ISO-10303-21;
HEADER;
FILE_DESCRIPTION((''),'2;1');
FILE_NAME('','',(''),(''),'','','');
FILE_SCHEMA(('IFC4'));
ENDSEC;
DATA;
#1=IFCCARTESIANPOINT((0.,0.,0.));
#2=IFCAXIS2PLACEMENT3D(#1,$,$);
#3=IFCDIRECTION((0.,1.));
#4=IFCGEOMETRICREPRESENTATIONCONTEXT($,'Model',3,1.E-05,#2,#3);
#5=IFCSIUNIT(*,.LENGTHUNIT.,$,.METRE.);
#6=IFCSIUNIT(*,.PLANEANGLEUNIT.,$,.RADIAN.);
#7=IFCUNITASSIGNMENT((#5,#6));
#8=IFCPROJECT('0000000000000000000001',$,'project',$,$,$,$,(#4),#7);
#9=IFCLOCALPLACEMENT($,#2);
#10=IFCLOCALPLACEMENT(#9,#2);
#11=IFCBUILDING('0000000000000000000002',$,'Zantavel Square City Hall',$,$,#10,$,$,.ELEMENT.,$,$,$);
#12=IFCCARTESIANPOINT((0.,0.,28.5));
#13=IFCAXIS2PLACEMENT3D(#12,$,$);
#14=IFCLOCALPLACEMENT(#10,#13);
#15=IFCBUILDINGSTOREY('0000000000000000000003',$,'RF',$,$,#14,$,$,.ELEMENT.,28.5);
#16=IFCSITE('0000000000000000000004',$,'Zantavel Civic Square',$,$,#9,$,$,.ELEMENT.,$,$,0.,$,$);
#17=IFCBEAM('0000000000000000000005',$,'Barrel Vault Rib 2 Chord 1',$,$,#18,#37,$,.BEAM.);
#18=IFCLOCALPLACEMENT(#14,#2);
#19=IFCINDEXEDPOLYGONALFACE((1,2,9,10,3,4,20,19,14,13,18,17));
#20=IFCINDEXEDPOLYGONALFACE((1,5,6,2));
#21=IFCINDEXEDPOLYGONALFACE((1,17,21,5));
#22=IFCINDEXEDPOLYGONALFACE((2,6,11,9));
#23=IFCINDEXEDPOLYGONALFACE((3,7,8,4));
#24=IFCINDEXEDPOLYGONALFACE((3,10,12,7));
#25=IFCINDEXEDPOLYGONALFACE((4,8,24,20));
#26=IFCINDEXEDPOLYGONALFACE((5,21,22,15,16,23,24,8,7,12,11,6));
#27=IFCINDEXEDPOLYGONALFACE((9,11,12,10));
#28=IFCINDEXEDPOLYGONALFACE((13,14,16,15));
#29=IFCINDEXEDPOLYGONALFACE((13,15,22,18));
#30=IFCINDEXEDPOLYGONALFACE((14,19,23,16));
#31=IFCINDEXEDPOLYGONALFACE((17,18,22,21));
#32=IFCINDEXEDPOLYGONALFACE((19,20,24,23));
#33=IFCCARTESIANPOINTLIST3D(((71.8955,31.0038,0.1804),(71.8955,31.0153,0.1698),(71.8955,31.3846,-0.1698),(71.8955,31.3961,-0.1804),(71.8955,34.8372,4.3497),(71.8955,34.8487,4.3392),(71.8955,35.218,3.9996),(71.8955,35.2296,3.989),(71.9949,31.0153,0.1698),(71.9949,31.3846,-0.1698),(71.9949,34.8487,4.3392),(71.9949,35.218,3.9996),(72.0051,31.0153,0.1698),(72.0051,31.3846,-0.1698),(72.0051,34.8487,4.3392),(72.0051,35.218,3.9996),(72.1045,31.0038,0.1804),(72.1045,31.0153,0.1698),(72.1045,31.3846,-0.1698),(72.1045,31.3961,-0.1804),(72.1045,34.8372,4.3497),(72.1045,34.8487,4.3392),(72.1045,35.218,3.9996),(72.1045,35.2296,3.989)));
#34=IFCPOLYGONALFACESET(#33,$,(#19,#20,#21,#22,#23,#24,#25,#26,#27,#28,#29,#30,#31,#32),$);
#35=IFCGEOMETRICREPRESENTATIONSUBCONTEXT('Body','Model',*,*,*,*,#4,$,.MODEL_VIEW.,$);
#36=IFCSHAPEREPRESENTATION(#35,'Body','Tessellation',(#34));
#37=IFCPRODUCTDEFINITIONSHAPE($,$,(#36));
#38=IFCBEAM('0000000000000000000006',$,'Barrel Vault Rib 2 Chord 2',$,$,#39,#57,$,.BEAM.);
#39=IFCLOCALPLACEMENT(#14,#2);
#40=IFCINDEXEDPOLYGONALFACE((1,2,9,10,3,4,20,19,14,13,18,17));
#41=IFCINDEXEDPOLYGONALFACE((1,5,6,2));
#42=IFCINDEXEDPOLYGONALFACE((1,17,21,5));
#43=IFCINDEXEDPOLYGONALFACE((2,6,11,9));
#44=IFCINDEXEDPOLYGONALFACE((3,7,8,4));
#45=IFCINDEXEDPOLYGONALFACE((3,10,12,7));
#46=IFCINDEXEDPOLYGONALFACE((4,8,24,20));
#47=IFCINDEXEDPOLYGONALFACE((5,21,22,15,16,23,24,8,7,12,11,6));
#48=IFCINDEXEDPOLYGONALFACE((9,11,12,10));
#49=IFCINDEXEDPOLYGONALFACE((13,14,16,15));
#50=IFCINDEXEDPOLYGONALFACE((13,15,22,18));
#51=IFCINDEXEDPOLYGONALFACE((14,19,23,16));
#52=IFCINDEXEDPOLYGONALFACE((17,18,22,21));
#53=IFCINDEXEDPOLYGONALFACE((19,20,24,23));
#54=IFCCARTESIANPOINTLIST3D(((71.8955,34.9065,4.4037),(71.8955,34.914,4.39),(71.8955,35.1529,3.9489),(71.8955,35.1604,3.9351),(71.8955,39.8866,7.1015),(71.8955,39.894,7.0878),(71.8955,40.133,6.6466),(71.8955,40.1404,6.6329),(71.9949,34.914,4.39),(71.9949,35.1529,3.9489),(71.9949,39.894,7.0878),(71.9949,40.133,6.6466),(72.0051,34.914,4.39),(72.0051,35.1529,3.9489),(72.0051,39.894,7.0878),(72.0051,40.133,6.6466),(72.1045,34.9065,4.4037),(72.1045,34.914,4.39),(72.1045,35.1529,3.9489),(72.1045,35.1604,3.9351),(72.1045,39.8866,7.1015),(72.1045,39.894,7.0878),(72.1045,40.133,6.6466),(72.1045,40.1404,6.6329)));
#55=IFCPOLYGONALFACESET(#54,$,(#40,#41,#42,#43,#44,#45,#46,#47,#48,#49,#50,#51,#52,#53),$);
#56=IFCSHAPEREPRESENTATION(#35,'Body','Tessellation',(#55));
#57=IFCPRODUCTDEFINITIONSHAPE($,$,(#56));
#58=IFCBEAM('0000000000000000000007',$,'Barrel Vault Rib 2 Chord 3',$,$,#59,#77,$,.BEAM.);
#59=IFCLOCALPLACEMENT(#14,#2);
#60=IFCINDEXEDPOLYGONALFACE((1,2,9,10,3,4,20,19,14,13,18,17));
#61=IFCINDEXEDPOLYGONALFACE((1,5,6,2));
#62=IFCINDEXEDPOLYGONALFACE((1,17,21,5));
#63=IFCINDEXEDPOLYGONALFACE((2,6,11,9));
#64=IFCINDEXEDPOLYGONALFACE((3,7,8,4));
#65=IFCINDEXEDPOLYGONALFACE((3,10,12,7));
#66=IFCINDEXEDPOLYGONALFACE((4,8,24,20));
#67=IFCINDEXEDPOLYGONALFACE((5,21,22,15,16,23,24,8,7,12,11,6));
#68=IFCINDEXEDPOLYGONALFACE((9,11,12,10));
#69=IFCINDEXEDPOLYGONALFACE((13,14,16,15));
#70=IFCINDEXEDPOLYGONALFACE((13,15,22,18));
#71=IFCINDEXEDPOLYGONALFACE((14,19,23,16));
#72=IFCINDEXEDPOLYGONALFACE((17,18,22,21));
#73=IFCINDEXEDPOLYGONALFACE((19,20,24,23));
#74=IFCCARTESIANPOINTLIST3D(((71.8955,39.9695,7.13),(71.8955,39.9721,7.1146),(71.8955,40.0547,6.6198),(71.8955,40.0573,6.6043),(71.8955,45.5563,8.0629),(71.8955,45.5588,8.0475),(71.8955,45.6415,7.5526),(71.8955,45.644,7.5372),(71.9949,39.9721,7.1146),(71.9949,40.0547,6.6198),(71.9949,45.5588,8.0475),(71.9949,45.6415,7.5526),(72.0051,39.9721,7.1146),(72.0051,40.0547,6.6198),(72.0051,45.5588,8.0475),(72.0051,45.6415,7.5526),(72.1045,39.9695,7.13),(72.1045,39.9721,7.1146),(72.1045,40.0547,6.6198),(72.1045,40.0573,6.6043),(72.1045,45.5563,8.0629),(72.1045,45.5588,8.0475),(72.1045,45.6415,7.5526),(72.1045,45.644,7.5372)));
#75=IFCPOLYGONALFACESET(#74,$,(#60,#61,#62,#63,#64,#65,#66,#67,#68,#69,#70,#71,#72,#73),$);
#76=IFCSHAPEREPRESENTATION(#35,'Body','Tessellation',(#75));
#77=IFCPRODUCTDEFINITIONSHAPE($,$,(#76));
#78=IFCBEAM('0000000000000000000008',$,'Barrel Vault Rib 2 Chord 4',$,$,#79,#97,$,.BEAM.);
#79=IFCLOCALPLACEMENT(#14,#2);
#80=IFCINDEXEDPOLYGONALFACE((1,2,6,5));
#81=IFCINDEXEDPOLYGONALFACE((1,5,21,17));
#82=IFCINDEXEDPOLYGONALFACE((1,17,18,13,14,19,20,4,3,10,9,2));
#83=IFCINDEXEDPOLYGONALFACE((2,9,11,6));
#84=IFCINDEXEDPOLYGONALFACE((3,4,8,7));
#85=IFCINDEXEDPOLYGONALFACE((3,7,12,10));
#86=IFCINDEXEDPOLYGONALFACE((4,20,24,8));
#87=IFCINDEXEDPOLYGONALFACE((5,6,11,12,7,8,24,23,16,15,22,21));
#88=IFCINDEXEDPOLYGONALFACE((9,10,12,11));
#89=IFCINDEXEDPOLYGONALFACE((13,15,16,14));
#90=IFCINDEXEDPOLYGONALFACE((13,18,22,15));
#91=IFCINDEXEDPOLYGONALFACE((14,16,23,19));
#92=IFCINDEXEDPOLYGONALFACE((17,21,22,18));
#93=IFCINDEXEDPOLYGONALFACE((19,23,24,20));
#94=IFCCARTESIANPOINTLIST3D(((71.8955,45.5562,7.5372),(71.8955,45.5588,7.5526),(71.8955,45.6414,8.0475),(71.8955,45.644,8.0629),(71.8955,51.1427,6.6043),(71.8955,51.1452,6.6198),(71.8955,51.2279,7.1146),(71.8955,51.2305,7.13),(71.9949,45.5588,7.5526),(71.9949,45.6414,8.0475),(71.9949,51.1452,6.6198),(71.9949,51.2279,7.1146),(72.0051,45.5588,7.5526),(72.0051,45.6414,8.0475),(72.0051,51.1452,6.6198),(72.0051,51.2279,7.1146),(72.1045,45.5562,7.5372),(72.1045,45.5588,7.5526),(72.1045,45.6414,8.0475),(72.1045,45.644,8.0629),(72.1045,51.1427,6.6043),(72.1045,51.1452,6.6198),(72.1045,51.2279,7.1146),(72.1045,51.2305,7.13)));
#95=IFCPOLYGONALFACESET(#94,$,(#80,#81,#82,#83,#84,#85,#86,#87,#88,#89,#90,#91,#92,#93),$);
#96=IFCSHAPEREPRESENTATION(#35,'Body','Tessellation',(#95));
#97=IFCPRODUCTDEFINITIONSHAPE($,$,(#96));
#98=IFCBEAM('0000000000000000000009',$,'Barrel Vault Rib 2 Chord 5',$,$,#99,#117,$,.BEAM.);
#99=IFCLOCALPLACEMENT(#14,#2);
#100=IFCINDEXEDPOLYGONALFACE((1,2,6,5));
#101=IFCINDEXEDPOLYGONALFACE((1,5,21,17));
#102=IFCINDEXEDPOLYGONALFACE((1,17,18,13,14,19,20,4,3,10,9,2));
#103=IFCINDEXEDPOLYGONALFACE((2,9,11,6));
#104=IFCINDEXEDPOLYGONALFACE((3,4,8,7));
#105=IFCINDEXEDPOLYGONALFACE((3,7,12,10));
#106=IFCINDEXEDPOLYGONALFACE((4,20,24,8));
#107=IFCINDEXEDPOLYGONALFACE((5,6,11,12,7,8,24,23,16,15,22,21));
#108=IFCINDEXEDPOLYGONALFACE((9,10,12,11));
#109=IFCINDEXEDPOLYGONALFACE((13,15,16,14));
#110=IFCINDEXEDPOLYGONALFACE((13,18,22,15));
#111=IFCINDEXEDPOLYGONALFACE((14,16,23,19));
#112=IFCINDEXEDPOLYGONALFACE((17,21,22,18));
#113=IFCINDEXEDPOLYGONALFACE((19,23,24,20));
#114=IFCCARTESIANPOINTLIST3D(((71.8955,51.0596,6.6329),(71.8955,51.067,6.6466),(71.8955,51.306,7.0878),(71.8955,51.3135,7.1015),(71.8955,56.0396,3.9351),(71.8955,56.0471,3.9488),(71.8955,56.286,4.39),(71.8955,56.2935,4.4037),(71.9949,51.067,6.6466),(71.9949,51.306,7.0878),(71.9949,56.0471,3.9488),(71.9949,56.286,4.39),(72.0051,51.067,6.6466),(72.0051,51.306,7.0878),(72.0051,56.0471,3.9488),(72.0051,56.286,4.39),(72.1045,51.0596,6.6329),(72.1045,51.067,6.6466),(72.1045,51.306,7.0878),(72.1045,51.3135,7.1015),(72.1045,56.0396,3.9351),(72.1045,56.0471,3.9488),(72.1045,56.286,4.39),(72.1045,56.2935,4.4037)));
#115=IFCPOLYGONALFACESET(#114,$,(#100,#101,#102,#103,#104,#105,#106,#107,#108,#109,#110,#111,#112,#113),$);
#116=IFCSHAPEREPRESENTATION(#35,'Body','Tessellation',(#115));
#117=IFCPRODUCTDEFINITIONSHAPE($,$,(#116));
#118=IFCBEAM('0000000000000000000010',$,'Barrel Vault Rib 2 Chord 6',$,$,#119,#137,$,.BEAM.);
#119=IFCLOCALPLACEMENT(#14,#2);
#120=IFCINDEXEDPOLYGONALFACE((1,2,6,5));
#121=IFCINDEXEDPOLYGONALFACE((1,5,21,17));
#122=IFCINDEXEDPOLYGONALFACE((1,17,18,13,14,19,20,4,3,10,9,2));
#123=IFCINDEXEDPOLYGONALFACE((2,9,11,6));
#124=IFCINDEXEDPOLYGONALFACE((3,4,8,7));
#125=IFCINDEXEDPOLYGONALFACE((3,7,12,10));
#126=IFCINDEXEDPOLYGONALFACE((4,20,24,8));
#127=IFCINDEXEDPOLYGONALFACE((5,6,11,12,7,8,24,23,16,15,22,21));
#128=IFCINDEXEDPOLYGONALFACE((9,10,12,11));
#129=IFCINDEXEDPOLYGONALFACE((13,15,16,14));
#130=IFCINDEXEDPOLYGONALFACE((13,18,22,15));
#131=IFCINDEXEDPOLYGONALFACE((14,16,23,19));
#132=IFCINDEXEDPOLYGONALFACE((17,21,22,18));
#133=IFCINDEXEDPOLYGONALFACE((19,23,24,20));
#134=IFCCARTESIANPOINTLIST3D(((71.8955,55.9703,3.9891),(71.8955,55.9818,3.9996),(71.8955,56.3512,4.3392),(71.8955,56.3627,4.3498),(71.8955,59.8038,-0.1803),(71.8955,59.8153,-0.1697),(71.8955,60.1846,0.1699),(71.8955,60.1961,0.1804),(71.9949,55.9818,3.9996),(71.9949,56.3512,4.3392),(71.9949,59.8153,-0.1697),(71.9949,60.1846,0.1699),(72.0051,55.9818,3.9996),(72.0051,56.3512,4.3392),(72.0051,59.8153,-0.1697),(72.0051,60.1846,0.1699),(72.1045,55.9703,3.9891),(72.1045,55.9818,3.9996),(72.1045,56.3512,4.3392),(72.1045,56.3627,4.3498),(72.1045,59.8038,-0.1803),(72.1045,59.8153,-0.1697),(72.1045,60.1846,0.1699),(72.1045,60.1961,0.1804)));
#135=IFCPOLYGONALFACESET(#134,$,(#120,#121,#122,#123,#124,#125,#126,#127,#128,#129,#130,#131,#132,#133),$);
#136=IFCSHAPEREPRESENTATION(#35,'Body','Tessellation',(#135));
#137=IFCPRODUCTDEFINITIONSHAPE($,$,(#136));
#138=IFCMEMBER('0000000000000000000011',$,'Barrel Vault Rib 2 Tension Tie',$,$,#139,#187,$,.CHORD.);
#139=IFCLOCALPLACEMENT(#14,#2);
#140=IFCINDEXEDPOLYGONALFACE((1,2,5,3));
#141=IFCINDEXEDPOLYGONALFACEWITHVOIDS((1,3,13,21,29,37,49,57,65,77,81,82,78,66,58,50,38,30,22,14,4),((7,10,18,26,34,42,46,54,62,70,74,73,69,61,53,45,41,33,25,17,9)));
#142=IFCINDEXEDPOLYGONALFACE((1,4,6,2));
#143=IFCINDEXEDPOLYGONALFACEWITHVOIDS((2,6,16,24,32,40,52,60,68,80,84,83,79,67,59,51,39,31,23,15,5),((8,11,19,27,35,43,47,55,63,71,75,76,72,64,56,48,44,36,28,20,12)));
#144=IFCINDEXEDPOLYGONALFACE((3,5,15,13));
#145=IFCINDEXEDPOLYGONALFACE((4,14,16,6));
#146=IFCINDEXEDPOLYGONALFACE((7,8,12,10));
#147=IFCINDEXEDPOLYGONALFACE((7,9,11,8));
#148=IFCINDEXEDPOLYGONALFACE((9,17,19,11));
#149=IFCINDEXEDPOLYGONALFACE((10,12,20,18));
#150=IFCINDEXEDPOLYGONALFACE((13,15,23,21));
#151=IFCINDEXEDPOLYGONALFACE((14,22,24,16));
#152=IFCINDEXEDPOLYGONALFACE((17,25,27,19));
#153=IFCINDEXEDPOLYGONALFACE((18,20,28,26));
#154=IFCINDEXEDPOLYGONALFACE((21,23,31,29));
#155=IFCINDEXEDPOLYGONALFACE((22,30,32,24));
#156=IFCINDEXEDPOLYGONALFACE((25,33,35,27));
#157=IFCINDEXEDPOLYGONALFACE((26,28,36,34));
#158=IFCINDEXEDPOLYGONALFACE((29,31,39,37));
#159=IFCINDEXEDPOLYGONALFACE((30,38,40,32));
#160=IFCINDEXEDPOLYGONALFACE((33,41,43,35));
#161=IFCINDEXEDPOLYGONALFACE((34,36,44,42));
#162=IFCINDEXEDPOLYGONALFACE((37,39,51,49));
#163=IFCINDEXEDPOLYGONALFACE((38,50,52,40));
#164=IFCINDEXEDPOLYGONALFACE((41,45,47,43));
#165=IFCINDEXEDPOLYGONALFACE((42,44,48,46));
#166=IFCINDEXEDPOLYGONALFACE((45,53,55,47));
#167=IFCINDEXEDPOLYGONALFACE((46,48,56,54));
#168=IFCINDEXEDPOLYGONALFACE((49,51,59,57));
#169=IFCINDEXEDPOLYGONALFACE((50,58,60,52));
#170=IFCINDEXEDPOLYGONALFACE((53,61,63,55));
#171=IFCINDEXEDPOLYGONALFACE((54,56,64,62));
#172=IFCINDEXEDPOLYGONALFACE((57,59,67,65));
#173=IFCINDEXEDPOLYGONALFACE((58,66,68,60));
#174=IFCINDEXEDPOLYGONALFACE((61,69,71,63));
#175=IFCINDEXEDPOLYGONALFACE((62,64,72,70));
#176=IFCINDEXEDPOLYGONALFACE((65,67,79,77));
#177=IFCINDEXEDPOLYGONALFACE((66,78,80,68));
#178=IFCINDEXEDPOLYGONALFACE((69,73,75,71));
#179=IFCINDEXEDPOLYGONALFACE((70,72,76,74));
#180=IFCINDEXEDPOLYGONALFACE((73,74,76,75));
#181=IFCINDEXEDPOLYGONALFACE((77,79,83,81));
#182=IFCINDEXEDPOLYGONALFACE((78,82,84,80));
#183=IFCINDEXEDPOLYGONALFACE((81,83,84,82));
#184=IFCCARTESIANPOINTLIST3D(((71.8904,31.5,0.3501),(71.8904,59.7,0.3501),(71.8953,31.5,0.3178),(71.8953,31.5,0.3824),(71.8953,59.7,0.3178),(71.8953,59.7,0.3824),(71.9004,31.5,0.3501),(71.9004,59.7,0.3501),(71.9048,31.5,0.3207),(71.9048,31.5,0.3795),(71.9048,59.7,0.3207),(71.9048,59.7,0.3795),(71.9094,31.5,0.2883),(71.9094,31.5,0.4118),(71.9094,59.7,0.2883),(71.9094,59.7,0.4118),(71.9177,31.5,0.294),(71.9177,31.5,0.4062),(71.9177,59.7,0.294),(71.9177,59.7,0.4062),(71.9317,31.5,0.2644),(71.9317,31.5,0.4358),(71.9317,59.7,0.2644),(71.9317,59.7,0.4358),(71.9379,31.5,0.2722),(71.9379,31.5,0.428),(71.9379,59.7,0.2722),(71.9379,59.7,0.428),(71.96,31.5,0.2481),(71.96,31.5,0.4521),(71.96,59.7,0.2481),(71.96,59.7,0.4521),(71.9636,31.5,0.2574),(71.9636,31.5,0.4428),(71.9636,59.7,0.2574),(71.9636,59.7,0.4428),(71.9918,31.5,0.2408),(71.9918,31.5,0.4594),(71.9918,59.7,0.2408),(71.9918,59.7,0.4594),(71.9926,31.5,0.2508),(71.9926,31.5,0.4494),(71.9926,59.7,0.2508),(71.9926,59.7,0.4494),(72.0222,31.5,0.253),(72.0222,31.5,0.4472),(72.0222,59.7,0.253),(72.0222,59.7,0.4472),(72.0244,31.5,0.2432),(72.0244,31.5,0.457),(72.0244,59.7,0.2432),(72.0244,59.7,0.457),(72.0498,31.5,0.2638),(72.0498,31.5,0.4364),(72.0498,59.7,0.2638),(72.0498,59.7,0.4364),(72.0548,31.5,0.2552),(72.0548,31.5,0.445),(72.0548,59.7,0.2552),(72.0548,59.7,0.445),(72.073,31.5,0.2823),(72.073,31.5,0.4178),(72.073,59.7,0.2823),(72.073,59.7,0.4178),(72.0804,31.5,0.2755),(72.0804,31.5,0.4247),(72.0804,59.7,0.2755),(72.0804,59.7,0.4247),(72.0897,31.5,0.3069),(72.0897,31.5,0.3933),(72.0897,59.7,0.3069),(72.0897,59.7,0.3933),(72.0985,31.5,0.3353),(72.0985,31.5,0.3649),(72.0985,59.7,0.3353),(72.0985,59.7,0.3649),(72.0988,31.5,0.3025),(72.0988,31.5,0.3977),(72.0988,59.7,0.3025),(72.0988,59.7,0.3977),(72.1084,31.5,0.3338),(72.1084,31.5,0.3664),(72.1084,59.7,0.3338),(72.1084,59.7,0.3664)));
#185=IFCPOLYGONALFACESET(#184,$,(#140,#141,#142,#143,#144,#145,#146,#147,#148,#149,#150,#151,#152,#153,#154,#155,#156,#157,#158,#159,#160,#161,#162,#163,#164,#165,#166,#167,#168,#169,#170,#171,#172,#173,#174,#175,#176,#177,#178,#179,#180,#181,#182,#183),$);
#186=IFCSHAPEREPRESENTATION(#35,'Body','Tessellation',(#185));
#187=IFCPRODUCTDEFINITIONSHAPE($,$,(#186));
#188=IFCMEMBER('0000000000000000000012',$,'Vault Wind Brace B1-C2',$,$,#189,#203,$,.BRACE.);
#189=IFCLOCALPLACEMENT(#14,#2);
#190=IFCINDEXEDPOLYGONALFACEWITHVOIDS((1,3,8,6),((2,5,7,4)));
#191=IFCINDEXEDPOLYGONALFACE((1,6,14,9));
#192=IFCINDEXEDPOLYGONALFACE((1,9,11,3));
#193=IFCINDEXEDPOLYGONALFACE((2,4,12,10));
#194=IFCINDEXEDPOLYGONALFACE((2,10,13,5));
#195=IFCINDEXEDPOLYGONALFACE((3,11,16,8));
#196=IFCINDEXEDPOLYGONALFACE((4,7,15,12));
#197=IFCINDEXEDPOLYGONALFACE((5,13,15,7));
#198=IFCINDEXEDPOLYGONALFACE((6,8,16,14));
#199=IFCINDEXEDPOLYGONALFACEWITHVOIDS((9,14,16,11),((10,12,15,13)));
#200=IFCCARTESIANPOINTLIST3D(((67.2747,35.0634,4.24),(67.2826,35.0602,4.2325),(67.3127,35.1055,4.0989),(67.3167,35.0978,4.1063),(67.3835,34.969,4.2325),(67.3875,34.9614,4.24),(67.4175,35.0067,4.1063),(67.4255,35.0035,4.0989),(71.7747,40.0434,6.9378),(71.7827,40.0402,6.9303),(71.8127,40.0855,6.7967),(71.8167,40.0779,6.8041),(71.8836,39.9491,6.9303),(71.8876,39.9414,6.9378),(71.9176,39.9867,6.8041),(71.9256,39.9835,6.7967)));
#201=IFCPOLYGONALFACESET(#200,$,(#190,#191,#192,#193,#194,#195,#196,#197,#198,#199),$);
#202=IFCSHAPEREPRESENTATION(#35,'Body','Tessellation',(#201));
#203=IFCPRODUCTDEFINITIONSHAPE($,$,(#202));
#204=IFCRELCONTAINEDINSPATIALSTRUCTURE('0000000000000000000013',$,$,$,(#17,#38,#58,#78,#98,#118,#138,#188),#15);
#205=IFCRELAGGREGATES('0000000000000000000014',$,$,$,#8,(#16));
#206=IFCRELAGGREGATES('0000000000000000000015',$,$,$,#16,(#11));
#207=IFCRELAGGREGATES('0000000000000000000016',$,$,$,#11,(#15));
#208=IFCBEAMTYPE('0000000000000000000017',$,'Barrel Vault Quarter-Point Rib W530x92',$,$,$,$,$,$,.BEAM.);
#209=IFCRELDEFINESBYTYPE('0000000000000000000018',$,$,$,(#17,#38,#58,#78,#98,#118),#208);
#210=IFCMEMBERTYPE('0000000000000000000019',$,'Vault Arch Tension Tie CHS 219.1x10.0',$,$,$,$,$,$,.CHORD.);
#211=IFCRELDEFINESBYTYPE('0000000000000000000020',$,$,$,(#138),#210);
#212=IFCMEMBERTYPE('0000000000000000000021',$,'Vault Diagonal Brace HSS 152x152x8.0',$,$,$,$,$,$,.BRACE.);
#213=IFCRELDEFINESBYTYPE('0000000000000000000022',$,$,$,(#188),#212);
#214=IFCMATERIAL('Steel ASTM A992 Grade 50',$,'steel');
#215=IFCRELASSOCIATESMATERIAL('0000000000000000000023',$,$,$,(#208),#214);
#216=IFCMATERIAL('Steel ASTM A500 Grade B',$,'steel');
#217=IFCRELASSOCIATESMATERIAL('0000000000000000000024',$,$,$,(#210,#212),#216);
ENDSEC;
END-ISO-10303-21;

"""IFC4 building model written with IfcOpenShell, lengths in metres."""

from ifc_helpers import new_model, si_unit, direction, frame, origin, origin_2d, place, context, subcontext, project, spatial, hollow_rectangle, hollow_circle, i_section, extrude, material, material_profile, profile_set, type_object, element, save


model = new_model("IFC4")

# Units and contexts
model_context = context("Model", 3, precision=1e-05, world=origin(), true_north=direction((0.0, 1.0)))
body_context = subcontext(model_context, "Body", "Model", "MODEL_VIEW")
ifc_project = project(units=[si_unit("LENGTHUNIT", "METRE"), si_unit("PLANEANGLEUNIT", "RADIAN")], contexts=[model_context])

# Site, building, storey
site_placement = place(None, origin())
site = spatial("IfcSite", under=ifc_project, at=site_placement, Name="Zantavel Civic Square", CompositionType="ELEMENT", RefElevation=0.0)
building_placement = place(site_placement, origin())
building = spatial("IfcBuilding", under=site, at=building_placement, Name="Zantavel Square City Hall", CompositionType="ELEMENT")
storey_placement = place(building_placement, frame((0.0, 0.0, 28.5)))
storey = spatial("IfcBuildingStorey", under=building, at=storey_placement, Name="RF", CompositionType="ELEMENT", Elevation=28.5)

# Beams
ifc_material_1 = material(Name="Steel ASTM A992 Grade 50", Category="steel")
ifc_material_profile_1 = material_profile(ifc_material_1, i_section(OverallWidth=0.209, OverallDepth=0.533, WebThickness=0.0103, FlangeThickness=0.0156, at=origin_2d()), Name="W530x92")
ifc_profile_set_1 = profile_set([ifc_material_profile_1], Name="Steel ASTM A992 Grade 50")
beam_type = type_object("IfcBeamType", Name="Barrel Vault Quarter-Point Rib W530x92", PredefinedType="BEAM", material=ifc_profile_set_1)
for number, where, z_axis, x_axis, name in (
    (1, (72.0, 31.2, 0.0), (0.0, 0.676829, 0.736141), (-1.0, 0.0, 0.0), "Barrel Vault Rib 2 Chord 1"),
    (2, (72.0, 35.0334, 4.1694), (0.0, 0.879272, 0.476319), (-1.0, 0.0, 0.0), "Barrel Vault Rib 2 Chord 2"),
):
    element("IfcBeam", number, at=place(storey_placement, frame(where, z_axis=z_axis, x_axis=x_axis)), inside=storey, type_object=beam_type, Name=name, PredefinedType="BEAM", context=body_context, shape_type="SweptSolid", body=[
        extrude(i_section(OverallWidth=0.209, OverallDepth=0.533, WebThickness=0.0103, FlangeThickness=0.0156, at=origin_2d()), origin(), (0.0, 0.0, 1.0), 5.6638),
    ])
beam_placement = place(storey_placement, frame((72.0, 40.0134, 6.8672), z_axis=(0.0, 0.986344, 0.1647), x_axis=(-1.0, 0.0, 0.0)))
element("IfcBeam", 3, at=beam_placement, inside=storey, type_object=beam_type, Name="Barrel Vault Rib 2 Chord 3", PredefinedType="BEAM", context=body_context, shape_type="SweptSolid", body=[
    extrude(i_section(OverallWidth=0.209, OverallDepth=0.533, WebThickness=0.0103, FlangeThickness=0.0156, at=origin_2d()), origin(), (0.0, 0.0, 1.0), 5.6641),
])
for number, where, z_axis, x_axis, name in (
    (4, (72.0, 45.6001, 7.8), (0.0, 0.986343, -0.164707), (-1.0, 0.0, 0.0), "Barrel Vault Rib 2 Chord 4"),
    (5, (72.0, 51.1865, 6.8672), (0.0, 0.879272, -0.476319), (-1.0, 0.0, 0.0), "Barrel Vault Rib 2 Chord 5"),
    (6, (72.0, 56.1665, 4.1694), (0.0, 0.676829, -0.736141), (-1.0, 0.0, 0.0), "Barrel Vault Rib 2 Chord 6"),
):
    element("IfcBeam", number, at=place(storey_placement, frame(where, z_axis=z_axis, x_axis=x_axis)), inside=storey, type_object=beam_type, Name=name, PredefinedType="BEAM", context=body_context, shape_type="SweptSolid", body=[
        extrude(i_section(OverallWidth=0.209, OverallDepth=0.533, WebThickness=0.0103, FlangeThickness=0.0156, at=origin_2d()), origin(), (0.0, 0.0, 1.0), 5.6638),
    ])

# Members
ifc_material_2 = material(Name="Steel ASTM A500 Grade B", Category="steel")
ifc_material_profile_2 = material_profile(ifc_material_2, hollow_circle(Radius=0.1096, WallThickness=0.01, at=origin_2d()), Name="CHS 219.1x10.0")
ifc_profile_set_2 = profile_set([ifc_material_profile_2], Name="Steel ASTM A500 Grade B")
member_type_1 = type_object("IfcMemberType", Name="Vault Arch Tension Tie CHS 219.1x10.0", PredefinedType="CHORD", material=ifc_profile_set_2)
member_1_placement = place(storey_placement, frame((72.0, 31.5, 0.3501), z_axis=(0.0, 1.0, 0.0), x_axis=(-1.0, 0.0, 0.0)))
element("IfcMember", 7, at=member_1_placement, inside=storey, type_object=member_type_1, Name="Barrel Vault Rib 2 Tension Tie", PredefinedType="CHORD", context=body_context, shape_type="SweptSolid", body=[
    extrude(hollow_circle(Radius=0.1096, WallThickness=0.01, at=origin_2d()), origin(), (0.0, 0.0, 1.0), 28.2),
])
ifc_material_profile_3 = material_profile(ifc_material_2, hollow_rectangle(XDim=0.1521, YDim=0.1521, WallThickness=0.0081, at=origin_2d()), Name="HSS 152x152x8.0")
ifc_profile_set_3 = profile_set([ifc_material_profile_3], Name="Steel ASTM A500 Grade B")
member_type_2 = type_object("IfcMemberType", Name="Vault Diagonal Brace HSS 152x152x8.0", PredefinedType="BRACE", material=ifc_profile_set_3)
for number, where, z_axis, x_axis, name in (
    (8, (67.3501, 35.0334, 4.1694), (0.622078, 0.688431, 0.372937), (-0.741958, 0.670446, 0.0), "Vault Wind Brace B1-C2"),
):
    element("IfcMember", number, at=place(storey_placement, frame(where, z_axis=z_axis, x_axis=x_axis)), inside=storey, type_object=member_type_2, Name=name, PredefinedType="BRACE", context=body_context, shape_type="SweptSolid", body=[
        extrude(hollow_rectangle(XDim=0.1521, YDim=0.1521, WallThickness=0.0081, at=origin_2d()), origin(), (0.0, 0.0, 1.0), 7.2339),
    ])

save(model, "model.ifc")
